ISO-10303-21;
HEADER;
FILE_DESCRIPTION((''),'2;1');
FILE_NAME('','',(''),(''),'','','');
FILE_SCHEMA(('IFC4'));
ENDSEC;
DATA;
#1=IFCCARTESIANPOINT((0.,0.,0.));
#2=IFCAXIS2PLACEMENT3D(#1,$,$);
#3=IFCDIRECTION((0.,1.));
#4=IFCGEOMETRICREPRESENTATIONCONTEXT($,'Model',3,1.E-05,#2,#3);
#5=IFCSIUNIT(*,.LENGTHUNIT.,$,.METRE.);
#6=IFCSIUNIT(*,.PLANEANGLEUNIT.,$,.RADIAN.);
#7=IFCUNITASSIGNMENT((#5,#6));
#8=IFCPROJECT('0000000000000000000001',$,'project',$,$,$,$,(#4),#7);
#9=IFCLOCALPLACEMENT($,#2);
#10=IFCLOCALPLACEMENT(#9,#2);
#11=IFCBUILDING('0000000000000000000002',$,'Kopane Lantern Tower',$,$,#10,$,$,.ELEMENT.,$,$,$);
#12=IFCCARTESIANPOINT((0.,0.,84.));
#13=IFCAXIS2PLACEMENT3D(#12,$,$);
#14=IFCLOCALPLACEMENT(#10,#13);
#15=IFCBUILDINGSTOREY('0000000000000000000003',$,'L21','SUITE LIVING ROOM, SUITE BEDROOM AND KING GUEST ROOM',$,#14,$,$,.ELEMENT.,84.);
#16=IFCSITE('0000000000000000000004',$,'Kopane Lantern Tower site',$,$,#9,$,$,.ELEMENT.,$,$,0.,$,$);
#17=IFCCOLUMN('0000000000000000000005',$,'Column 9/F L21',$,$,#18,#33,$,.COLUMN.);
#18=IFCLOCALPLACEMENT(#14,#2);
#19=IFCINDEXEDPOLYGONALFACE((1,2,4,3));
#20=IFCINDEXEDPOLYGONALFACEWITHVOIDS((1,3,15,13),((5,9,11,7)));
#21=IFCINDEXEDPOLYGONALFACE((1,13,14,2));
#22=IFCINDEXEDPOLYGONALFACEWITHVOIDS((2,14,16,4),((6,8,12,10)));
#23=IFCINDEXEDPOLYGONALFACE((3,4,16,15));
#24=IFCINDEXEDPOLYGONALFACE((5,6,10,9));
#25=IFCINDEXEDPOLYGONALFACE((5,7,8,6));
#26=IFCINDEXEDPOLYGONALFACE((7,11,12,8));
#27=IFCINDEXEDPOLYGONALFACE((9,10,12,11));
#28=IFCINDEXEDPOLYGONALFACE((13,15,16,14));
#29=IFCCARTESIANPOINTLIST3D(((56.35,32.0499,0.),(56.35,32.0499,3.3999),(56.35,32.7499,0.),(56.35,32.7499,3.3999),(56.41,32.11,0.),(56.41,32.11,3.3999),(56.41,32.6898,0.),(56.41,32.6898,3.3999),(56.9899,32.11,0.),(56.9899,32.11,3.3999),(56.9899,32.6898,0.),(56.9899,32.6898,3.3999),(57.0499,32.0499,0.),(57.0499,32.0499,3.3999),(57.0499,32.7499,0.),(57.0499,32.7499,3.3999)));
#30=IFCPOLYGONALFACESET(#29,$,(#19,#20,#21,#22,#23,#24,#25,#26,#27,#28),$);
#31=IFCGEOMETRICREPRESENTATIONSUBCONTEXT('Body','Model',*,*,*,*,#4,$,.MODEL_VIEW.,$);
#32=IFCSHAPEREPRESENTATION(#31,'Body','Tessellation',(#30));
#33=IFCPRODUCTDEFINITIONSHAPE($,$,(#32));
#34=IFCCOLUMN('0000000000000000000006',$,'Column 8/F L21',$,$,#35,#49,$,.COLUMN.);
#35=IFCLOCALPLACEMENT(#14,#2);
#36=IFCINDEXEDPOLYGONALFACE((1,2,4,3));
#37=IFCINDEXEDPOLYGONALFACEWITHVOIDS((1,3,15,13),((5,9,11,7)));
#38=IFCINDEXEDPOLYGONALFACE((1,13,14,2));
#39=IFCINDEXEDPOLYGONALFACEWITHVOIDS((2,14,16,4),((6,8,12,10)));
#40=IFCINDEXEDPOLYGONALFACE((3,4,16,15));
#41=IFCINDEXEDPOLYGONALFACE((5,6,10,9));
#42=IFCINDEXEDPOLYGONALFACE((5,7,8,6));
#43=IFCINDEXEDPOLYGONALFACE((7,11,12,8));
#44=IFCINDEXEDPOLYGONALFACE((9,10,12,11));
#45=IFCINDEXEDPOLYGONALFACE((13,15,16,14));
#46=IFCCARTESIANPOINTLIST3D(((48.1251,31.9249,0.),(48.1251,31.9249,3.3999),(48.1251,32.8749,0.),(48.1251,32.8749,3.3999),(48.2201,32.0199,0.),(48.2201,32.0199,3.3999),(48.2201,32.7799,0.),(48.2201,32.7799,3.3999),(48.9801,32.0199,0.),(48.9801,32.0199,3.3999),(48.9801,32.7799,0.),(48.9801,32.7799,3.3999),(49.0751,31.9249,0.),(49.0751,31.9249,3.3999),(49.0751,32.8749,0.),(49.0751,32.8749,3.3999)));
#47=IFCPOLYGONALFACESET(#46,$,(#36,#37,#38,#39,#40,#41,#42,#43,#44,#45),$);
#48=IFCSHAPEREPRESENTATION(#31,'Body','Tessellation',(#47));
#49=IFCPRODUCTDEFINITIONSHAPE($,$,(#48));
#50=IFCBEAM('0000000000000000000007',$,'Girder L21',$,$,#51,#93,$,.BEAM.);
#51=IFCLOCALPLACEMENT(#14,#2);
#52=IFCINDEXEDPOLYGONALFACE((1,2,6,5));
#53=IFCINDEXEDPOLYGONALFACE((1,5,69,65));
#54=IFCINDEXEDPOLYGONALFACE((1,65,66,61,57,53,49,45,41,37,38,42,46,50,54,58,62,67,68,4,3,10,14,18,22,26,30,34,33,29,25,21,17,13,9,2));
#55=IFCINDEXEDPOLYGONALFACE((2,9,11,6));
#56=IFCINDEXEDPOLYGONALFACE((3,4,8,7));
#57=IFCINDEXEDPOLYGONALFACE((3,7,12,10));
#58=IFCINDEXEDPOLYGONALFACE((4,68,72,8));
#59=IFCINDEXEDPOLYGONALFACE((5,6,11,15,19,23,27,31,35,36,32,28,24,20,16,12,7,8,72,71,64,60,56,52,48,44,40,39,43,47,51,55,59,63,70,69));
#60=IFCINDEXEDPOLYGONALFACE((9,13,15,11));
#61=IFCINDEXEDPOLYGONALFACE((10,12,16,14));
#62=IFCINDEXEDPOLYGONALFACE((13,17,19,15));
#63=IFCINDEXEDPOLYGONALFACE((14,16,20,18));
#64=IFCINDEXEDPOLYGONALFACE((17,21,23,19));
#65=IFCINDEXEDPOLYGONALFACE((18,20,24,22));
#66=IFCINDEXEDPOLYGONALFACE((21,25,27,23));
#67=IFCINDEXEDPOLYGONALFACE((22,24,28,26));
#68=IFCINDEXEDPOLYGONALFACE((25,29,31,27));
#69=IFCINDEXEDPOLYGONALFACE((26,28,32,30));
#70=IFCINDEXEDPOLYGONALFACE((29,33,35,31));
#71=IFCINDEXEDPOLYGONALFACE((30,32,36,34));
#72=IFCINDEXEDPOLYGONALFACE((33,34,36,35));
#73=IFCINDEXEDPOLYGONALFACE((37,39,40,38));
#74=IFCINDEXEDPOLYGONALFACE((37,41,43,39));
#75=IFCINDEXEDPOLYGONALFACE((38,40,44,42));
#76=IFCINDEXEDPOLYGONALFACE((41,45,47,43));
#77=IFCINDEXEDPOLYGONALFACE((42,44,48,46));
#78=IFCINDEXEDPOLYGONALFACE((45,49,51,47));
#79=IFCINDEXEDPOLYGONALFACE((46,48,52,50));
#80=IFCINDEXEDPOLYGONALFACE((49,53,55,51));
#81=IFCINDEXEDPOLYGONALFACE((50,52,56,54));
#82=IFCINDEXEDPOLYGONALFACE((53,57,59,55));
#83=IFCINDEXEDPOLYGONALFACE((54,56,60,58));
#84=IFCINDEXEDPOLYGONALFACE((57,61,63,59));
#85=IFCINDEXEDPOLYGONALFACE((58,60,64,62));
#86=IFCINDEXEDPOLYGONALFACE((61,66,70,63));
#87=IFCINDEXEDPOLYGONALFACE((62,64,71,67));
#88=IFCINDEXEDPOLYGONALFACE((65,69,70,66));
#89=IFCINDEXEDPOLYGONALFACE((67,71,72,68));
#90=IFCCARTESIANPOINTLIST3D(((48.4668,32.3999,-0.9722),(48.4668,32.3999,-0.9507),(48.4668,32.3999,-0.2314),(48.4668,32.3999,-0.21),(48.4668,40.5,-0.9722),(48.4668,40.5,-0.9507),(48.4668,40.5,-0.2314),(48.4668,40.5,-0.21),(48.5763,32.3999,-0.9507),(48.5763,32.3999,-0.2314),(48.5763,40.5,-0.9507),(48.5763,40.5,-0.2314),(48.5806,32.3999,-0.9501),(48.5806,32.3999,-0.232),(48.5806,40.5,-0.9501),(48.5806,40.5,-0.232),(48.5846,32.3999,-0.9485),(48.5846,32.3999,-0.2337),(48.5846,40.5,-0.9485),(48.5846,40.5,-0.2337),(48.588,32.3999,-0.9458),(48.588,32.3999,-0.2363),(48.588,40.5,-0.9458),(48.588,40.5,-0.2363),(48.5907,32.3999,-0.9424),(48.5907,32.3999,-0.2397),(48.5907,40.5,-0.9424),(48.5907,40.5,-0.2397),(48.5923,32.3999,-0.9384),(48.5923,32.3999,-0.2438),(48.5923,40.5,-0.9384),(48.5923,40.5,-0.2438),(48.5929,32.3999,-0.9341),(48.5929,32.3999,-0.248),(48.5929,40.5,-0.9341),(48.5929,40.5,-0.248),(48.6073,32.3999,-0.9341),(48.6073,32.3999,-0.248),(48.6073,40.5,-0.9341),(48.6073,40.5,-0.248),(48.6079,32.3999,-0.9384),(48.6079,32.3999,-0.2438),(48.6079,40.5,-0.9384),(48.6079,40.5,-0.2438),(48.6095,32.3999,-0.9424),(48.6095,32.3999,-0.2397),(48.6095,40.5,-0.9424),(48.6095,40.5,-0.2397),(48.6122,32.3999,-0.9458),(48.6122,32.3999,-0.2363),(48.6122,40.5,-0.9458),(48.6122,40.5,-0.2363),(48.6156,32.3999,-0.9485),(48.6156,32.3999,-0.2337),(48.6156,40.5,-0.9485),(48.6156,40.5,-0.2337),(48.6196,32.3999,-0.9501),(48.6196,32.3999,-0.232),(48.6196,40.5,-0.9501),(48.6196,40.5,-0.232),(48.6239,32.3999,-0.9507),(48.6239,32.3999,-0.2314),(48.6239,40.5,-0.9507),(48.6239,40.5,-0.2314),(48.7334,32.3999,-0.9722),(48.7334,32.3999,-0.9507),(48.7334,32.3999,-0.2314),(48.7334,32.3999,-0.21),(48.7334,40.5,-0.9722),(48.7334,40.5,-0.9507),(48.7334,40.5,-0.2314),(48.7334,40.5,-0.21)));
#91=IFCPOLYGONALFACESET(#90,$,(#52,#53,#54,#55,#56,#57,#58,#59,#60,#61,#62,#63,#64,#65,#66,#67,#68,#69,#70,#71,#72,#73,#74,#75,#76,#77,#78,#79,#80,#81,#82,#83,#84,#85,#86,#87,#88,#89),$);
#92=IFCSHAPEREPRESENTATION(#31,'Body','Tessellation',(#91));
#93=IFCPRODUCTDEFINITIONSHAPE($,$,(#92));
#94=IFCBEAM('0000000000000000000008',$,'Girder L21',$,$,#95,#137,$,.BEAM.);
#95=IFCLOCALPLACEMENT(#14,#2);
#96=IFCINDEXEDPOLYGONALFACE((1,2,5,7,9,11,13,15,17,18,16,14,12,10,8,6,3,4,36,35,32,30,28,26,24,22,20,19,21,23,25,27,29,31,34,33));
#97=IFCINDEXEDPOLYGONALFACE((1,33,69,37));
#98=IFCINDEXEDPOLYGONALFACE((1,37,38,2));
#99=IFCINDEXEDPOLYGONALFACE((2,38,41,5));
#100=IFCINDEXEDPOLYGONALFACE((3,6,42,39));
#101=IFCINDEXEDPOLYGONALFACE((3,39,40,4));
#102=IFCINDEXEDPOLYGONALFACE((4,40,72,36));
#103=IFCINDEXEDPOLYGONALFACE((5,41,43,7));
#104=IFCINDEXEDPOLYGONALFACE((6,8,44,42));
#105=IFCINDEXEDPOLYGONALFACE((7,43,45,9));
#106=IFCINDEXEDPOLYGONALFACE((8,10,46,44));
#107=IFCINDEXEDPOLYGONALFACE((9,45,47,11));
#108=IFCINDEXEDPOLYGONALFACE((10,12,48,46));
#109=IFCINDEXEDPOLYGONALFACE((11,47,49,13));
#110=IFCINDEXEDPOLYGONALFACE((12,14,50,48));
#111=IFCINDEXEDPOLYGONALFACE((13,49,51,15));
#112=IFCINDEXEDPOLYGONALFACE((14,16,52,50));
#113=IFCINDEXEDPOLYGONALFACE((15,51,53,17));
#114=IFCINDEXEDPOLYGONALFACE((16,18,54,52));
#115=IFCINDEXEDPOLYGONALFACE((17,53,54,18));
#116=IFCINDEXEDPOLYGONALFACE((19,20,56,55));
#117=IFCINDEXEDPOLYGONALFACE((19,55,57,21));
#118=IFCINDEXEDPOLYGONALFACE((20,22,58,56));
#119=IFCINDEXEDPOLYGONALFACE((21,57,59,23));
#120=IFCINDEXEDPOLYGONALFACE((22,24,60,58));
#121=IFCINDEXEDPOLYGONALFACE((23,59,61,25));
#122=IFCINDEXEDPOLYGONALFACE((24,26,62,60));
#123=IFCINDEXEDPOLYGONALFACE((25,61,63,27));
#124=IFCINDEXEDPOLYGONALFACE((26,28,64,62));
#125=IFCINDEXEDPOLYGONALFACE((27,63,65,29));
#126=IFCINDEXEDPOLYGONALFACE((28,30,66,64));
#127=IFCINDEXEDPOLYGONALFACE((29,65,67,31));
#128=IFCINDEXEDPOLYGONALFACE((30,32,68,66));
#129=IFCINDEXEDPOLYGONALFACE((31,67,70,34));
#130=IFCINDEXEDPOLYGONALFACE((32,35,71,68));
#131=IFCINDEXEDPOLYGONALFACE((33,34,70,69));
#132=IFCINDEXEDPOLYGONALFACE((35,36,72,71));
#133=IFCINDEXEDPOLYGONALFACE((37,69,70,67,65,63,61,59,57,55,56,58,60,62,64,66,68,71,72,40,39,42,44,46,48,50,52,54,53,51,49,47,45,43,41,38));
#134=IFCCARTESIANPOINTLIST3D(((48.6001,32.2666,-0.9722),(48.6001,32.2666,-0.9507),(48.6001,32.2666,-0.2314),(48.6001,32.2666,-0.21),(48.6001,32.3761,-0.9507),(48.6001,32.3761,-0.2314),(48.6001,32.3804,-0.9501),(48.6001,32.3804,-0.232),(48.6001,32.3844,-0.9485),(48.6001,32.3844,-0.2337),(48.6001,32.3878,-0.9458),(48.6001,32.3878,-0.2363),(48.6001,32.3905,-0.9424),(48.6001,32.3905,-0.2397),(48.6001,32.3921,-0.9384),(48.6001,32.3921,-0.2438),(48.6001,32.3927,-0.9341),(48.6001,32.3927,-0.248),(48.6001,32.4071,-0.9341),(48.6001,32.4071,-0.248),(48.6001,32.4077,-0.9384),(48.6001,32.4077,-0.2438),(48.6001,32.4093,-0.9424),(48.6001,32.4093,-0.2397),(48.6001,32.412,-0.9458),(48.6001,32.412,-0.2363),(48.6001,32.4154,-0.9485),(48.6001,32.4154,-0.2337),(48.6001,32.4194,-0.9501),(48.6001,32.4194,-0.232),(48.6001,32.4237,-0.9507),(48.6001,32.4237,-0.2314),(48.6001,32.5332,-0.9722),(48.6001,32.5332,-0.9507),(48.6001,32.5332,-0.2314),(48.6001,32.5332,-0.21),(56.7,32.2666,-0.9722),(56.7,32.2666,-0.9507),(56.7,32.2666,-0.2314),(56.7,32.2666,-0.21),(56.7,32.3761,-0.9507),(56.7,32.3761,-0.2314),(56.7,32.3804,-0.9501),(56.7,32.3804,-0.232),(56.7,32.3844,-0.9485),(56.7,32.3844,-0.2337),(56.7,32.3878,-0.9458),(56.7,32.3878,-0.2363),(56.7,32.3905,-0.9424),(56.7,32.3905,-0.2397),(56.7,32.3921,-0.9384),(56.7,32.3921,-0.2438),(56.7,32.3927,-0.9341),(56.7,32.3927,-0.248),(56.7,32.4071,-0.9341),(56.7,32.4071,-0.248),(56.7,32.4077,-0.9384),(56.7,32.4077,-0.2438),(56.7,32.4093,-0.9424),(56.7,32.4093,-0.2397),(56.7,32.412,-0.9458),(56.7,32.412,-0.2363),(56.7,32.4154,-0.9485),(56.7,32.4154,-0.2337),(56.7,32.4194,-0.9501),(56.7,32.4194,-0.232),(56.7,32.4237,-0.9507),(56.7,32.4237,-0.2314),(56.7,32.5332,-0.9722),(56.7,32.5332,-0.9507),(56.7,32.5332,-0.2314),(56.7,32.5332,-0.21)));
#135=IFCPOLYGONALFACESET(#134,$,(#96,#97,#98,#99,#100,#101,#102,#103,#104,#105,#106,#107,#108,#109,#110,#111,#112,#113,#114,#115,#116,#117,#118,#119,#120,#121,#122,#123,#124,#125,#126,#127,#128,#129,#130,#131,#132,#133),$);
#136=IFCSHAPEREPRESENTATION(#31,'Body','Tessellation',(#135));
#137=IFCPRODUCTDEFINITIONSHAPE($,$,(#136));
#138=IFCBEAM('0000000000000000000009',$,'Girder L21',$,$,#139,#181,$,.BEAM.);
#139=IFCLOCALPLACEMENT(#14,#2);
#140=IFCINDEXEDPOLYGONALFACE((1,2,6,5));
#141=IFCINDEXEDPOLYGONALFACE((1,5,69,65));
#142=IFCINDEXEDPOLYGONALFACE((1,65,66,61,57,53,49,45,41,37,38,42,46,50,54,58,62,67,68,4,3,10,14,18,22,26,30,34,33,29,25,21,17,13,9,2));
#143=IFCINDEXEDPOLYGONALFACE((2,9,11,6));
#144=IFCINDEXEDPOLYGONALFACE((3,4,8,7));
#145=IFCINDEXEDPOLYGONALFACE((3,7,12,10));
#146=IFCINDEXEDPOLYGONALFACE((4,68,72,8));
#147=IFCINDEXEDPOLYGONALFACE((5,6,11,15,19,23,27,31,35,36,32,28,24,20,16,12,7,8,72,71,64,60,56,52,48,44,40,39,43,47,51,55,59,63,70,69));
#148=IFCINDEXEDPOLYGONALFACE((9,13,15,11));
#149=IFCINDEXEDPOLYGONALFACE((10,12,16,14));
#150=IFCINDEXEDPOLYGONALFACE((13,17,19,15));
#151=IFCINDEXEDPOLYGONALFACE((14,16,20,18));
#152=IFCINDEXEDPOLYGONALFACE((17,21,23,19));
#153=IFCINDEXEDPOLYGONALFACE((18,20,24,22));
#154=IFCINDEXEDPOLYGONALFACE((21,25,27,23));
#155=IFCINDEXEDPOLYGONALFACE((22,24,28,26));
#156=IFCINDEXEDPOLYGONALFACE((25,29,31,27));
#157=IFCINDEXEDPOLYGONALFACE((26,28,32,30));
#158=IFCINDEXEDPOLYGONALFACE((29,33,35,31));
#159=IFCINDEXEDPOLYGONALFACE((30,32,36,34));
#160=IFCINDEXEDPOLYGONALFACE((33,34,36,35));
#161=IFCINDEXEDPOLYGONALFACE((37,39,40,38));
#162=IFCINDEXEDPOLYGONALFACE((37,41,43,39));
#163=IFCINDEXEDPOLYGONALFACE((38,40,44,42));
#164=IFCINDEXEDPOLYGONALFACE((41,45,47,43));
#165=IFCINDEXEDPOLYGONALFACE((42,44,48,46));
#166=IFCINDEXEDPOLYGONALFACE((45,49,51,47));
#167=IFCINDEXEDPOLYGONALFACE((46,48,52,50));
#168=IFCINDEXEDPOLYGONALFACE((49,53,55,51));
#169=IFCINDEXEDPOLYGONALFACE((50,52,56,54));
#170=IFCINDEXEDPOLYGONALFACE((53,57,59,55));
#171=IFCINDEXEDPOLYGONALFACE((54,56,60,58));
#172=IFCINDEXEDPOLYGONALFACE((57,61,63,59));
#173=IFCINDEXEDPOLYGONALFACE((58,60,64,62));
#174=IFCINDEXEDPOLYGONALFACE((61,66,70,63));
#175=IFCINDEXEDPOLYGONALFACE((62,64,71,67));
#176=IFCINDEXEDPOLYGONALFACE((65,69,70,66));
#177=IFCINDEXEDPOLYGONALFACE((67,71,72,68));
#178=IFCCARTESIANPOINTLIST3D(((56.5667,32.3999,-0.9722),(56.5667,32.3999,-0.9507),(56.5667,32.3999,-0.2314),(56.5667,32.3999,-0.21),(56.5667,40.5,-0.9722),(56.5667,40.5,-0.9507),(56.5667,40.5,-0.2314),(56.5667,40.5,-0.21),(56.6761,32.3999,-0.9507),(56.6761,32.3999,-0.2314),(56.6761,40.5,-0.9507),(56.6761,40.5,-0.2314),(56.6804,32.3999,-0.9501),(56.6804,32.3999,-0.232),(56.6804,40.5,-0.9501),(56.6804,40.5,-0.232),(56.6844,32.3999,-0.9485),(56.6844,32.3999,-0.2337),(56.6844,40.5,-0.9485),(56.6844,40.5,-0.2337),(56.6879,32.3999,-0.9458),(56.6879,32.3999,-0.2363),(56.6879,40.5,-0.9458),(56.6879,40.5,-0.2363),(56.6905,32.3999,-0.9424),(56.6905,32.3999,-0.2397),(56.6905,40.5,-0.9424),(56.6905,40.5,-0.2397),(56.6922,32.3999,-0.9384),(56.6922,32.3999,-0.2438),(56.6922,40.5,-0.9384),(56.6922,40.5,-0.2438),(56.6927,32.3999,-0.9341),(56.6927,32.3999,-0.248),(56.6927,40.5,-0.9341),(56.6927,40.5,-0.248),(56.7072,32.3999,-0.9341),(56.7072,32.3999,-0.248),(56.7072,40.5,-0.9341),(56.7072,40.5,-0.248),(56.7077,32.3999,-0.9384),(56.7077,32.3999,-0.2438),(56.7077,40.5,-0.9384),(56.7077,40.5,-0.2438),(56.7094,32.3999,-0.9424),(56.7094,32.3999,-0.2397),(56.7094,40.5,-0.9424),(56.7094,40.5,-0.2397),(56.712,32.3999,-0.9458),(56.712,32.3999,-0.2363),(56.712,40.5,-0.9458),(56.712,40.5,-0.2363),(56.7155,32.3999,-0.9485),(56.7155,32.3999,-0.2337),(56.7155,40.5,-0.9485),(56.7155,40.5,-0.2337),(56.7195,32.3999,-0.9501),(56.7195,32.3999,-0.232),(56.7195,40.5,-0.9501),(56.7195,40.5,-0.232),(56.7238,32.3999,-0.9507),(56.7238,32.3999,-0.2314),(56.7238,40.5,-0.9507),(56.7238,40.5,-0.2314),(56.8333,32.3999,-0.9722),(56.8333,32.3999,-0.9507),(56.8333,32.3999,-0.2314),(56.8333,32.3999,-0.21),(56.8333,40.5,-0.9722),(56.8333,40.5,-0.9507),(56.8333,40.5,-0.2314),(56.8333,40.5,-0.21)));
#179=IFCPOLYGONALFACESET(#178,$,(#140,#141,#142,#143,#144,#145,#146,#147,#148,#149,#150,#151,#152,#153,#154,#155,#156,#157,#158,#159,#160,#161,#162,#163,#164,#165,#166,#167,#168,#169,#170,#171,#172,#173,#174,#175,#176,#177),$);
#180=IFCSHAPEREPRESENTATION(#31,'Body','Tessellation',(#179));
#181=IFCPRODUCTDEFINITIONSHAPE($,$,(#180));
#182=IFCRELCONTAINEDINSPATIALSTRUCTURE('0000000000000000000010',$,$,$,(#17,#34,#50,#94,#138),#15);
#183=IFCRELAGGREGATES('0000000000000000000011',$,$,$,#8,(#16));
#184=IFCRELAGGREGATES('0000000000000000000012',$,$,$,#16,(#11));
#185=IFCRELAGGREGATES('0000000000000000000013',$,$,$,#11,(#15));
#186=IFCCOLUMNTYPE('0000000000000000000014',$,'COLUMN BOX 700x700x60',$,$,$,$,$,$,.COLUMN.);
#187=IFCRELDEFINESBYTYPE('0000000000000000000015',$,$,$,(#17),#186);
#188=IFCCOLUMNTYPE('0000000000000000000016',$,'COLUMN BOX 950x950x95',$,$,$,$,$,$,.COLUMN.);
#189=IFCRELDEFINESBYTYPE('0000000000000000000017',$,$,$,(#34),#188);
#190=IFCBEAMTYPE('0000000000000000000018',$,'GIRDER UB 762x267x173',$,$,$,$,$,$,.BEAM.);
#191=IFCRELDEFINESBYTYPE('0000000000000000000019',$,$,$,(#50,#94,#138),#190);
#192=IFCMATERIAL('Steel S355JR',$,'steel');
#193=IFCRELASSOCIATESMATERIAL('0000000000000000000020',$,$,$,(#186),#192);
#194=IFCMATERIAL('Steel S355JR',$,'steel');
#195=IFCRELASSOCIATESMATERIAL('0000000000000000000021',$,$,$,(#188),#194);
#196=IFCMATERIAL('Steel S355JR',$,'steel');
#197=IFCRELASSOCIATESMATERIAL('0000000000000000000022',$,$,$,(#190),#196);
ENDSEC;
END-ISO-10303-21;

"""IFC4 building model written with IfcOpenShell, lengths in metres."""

from ifc_helpers import new_model, si_unit, direction, frame, origin, origin_2d, place, context, subcontext, project, spatial, hollow_rectangle, i_section, extrude, material, material_profile, profile_set, type_object, element, save


model = new_model("IFC4")

# Units and contexts
model_context = context("Model", 3, precision=1e-05, world=origin(), true_north=direction((0.0, 1.0)))
body_context = subcontext(model_context, "Body", "Model", "MODEL_VIEW")
ifc_project = project(units=[si_unit("LENGTHUNIT", "METRE"), si_unit("PLANEANGLEUNIT", "RADIAN")], contexts=[model_context])

# Site, building, storey
site_placement = place(None, origin())
site = spatial("IfcSite", under=ifc_project, at=site_placement, Name="Kopane Lantern Tower site", CompositionType="ELEMENT", RefElevation=0.0)
building_placement = place(site_placement, origin())
building = spatial("IfcBuilding", under=site, at=building_placement, Name="Kopane Lantern Tower", CompositionType="ELEMENT")
storey_placement = place(building_placement, frame((0.0, 0.0, 84.0)))
storey = spatial("IfcBuildingStorey", under=building, at=storey_placement, Name="L21", Description="SUITE LIVING ROOM, SUITE BEDROOM AND KING GUEST ROOM", CompositionType="ELEMENT", Elevation=84.0)

# Columns
ifc_material_1 = material(Name="Steel S355JR", Category="steel")
ifc_material_profile_1 = material_profile(ifc_material_1, hollow_rectangle(XDim=0.7, YDim=0.7, WallThickness=0.0601, at=origin_2d()), Name="BOX 700x700x60")
ifc_profile_set_1 = profile_set([ifc_material_profile_1], Name="Steel S355JR")
column_type_1 = type_object("IfcColumnType", Name="COLUMN BOX 700x700x60", PredefinedType="COLUMN", material=ifc_profile_set_1)
column_1_placement = place(storey_placement, frame((56.7, 32.3999, 0.0), z_axis=(0.0, 0.0, 1.0), x_axis=(1.0, 0.0, 0.0)))
element("IfcColumn", 1, at=column_1_placement, inside=storey, type_object=column_type_1, Name="Column 9/F L21", PredefinedType="COLUMN", context=body_context, shape_type="SweptSolid", body=[
    extrude(hollow_rectangle(XDim=0.7, YDim=0.7, WallThickness=0.0601, at=origin_2d()), origin(), (0.0, 0.0, 1.0), 3.3999),
])
ifc_material_2 = material(Name="Steel S355JR", Category="steel")
ifc_material_profile_2 = material_profile(ifc_material_2, hollow_rectangle(XDim=0.95, YDim=0.95, WallThickness=0.095, at=origin_2d()), Name="BOX 950x950x95")
ifc_profile_set_2 = profile_set([ifc_material_profile_2], Name="Steel S355JR")
column_type_2 = type_object("IfcColumnType", Name="COLUMN BOX 950x950x95", PredefinedType="COLUMN", material=ifc_profile_set_2)
column_2_placement = place(storey_placement, frame((48.6001, 32.3999, 0.0), z_axis=(0.0, 0.0, 1.0), x_axis=(1.0, 0.0, 0.0)))
element("IfcColumn", 2, at=column_2_placement, inside=storey, type_object=column_type_2, Name="Column 8/F L21", PredefinedType="COLUMN", context=body_context, shape_type="SweptSolid", body=[
    extrude(hollow_rectangle(XDim=0.95, YDim=0.95, WallThickness=0.095, at=origin_2d()), origin(), (0.0, 0.0, 1.0), 3.3999),
])

# Beams
ifc_material_3 = material(Name="Steel S355JR", Category="steel")
ifc_material_profile_3 = material_profile(ifc_material_3, i_section(OverallWidth=0.2666, OverallDepth=0.7622, WebThickness=0.0144, FlangeThickness=0.0215, FilletRadius=0.0166, at=origin_2d()), Name="UB 762x267x173")
ifc_profile_set_3 = profile_set([ifc_material_profile_3], Name="Steel S355JR")
beam_type = type_object("IfcBeamType", Name="GIRDER UB 762x267x173", PredefinedType="BEAM", material=ifc_profile_set_3)
beam_1_placement = place(storey_placement, frame((48.6001, 32.3999, -0.5911), z_axis=(0.0, 1.0, 0.0), x_axis=(-1.0, 0.0, 0.0)))
element("IfcBeam", 3, at=beam_1_placement, inside=storey, type_object=beam_type, Name="Girder L21", PredefinedType="BEAM", context=body_context, shape_type="SweptSolid", body=[
    extrude(i_section(OverallWidth=0.2666, OverallDepth=0.7622, WebThickness=0.0144, FlangeThickness=0.0215, FilletRadius=0.0166, at=origin_2d()), origin(), (0.0, 0.0, 1.0), 8.1001),
])
beam_2_placement = place(storey_placement, frame((48.6001, 32.3999, -0.5911), z_axis=(1.0, 0.0, 0.0), x_axis=(0.0, 1.0, 0.0)))
element("IfcBeam", 4, at=beam_2_placement, inside=storey, type_object=beam_type, Name="Girder L21", PredefinedType="BEAM", context=body_context, shape_type="SweptSolid", body=[
    extrude(i_section(OverallWidth=0.2666, OverallDepth=0.7622, WebThickness=0.0144, FlangeThickness=0.0215, FilletRadius=0.0166, at=origin_2d()), origin(), (0.0, 0.0, 1.0), 8.0999),
])
beam_3_placement = place(storey_placement, frame((56.7, 32.3999, -0.5911), z_axis=(0.0, 1.0, 0.0), x_axis=(-1.0, 0.0, 0.0)))
element("IfcBeam", 5, at=beam_3_placement, inside=storey, type_object=beam_type, Name="Girder L21", PredefinedType="BEAM", context=body_context, shape_type="SweptSolid", body=[
    extrude(i_section(OverallWidth=0.2666, OverallDepth=0.7622, WebThickness=0.0144, FlangeThickness=0.0215, FilletRadius=0.0166, at=origin_2d()), origin(), (0.0, 0.0, 1.0), 8.1001),
])

save(model, "model.ifc")
